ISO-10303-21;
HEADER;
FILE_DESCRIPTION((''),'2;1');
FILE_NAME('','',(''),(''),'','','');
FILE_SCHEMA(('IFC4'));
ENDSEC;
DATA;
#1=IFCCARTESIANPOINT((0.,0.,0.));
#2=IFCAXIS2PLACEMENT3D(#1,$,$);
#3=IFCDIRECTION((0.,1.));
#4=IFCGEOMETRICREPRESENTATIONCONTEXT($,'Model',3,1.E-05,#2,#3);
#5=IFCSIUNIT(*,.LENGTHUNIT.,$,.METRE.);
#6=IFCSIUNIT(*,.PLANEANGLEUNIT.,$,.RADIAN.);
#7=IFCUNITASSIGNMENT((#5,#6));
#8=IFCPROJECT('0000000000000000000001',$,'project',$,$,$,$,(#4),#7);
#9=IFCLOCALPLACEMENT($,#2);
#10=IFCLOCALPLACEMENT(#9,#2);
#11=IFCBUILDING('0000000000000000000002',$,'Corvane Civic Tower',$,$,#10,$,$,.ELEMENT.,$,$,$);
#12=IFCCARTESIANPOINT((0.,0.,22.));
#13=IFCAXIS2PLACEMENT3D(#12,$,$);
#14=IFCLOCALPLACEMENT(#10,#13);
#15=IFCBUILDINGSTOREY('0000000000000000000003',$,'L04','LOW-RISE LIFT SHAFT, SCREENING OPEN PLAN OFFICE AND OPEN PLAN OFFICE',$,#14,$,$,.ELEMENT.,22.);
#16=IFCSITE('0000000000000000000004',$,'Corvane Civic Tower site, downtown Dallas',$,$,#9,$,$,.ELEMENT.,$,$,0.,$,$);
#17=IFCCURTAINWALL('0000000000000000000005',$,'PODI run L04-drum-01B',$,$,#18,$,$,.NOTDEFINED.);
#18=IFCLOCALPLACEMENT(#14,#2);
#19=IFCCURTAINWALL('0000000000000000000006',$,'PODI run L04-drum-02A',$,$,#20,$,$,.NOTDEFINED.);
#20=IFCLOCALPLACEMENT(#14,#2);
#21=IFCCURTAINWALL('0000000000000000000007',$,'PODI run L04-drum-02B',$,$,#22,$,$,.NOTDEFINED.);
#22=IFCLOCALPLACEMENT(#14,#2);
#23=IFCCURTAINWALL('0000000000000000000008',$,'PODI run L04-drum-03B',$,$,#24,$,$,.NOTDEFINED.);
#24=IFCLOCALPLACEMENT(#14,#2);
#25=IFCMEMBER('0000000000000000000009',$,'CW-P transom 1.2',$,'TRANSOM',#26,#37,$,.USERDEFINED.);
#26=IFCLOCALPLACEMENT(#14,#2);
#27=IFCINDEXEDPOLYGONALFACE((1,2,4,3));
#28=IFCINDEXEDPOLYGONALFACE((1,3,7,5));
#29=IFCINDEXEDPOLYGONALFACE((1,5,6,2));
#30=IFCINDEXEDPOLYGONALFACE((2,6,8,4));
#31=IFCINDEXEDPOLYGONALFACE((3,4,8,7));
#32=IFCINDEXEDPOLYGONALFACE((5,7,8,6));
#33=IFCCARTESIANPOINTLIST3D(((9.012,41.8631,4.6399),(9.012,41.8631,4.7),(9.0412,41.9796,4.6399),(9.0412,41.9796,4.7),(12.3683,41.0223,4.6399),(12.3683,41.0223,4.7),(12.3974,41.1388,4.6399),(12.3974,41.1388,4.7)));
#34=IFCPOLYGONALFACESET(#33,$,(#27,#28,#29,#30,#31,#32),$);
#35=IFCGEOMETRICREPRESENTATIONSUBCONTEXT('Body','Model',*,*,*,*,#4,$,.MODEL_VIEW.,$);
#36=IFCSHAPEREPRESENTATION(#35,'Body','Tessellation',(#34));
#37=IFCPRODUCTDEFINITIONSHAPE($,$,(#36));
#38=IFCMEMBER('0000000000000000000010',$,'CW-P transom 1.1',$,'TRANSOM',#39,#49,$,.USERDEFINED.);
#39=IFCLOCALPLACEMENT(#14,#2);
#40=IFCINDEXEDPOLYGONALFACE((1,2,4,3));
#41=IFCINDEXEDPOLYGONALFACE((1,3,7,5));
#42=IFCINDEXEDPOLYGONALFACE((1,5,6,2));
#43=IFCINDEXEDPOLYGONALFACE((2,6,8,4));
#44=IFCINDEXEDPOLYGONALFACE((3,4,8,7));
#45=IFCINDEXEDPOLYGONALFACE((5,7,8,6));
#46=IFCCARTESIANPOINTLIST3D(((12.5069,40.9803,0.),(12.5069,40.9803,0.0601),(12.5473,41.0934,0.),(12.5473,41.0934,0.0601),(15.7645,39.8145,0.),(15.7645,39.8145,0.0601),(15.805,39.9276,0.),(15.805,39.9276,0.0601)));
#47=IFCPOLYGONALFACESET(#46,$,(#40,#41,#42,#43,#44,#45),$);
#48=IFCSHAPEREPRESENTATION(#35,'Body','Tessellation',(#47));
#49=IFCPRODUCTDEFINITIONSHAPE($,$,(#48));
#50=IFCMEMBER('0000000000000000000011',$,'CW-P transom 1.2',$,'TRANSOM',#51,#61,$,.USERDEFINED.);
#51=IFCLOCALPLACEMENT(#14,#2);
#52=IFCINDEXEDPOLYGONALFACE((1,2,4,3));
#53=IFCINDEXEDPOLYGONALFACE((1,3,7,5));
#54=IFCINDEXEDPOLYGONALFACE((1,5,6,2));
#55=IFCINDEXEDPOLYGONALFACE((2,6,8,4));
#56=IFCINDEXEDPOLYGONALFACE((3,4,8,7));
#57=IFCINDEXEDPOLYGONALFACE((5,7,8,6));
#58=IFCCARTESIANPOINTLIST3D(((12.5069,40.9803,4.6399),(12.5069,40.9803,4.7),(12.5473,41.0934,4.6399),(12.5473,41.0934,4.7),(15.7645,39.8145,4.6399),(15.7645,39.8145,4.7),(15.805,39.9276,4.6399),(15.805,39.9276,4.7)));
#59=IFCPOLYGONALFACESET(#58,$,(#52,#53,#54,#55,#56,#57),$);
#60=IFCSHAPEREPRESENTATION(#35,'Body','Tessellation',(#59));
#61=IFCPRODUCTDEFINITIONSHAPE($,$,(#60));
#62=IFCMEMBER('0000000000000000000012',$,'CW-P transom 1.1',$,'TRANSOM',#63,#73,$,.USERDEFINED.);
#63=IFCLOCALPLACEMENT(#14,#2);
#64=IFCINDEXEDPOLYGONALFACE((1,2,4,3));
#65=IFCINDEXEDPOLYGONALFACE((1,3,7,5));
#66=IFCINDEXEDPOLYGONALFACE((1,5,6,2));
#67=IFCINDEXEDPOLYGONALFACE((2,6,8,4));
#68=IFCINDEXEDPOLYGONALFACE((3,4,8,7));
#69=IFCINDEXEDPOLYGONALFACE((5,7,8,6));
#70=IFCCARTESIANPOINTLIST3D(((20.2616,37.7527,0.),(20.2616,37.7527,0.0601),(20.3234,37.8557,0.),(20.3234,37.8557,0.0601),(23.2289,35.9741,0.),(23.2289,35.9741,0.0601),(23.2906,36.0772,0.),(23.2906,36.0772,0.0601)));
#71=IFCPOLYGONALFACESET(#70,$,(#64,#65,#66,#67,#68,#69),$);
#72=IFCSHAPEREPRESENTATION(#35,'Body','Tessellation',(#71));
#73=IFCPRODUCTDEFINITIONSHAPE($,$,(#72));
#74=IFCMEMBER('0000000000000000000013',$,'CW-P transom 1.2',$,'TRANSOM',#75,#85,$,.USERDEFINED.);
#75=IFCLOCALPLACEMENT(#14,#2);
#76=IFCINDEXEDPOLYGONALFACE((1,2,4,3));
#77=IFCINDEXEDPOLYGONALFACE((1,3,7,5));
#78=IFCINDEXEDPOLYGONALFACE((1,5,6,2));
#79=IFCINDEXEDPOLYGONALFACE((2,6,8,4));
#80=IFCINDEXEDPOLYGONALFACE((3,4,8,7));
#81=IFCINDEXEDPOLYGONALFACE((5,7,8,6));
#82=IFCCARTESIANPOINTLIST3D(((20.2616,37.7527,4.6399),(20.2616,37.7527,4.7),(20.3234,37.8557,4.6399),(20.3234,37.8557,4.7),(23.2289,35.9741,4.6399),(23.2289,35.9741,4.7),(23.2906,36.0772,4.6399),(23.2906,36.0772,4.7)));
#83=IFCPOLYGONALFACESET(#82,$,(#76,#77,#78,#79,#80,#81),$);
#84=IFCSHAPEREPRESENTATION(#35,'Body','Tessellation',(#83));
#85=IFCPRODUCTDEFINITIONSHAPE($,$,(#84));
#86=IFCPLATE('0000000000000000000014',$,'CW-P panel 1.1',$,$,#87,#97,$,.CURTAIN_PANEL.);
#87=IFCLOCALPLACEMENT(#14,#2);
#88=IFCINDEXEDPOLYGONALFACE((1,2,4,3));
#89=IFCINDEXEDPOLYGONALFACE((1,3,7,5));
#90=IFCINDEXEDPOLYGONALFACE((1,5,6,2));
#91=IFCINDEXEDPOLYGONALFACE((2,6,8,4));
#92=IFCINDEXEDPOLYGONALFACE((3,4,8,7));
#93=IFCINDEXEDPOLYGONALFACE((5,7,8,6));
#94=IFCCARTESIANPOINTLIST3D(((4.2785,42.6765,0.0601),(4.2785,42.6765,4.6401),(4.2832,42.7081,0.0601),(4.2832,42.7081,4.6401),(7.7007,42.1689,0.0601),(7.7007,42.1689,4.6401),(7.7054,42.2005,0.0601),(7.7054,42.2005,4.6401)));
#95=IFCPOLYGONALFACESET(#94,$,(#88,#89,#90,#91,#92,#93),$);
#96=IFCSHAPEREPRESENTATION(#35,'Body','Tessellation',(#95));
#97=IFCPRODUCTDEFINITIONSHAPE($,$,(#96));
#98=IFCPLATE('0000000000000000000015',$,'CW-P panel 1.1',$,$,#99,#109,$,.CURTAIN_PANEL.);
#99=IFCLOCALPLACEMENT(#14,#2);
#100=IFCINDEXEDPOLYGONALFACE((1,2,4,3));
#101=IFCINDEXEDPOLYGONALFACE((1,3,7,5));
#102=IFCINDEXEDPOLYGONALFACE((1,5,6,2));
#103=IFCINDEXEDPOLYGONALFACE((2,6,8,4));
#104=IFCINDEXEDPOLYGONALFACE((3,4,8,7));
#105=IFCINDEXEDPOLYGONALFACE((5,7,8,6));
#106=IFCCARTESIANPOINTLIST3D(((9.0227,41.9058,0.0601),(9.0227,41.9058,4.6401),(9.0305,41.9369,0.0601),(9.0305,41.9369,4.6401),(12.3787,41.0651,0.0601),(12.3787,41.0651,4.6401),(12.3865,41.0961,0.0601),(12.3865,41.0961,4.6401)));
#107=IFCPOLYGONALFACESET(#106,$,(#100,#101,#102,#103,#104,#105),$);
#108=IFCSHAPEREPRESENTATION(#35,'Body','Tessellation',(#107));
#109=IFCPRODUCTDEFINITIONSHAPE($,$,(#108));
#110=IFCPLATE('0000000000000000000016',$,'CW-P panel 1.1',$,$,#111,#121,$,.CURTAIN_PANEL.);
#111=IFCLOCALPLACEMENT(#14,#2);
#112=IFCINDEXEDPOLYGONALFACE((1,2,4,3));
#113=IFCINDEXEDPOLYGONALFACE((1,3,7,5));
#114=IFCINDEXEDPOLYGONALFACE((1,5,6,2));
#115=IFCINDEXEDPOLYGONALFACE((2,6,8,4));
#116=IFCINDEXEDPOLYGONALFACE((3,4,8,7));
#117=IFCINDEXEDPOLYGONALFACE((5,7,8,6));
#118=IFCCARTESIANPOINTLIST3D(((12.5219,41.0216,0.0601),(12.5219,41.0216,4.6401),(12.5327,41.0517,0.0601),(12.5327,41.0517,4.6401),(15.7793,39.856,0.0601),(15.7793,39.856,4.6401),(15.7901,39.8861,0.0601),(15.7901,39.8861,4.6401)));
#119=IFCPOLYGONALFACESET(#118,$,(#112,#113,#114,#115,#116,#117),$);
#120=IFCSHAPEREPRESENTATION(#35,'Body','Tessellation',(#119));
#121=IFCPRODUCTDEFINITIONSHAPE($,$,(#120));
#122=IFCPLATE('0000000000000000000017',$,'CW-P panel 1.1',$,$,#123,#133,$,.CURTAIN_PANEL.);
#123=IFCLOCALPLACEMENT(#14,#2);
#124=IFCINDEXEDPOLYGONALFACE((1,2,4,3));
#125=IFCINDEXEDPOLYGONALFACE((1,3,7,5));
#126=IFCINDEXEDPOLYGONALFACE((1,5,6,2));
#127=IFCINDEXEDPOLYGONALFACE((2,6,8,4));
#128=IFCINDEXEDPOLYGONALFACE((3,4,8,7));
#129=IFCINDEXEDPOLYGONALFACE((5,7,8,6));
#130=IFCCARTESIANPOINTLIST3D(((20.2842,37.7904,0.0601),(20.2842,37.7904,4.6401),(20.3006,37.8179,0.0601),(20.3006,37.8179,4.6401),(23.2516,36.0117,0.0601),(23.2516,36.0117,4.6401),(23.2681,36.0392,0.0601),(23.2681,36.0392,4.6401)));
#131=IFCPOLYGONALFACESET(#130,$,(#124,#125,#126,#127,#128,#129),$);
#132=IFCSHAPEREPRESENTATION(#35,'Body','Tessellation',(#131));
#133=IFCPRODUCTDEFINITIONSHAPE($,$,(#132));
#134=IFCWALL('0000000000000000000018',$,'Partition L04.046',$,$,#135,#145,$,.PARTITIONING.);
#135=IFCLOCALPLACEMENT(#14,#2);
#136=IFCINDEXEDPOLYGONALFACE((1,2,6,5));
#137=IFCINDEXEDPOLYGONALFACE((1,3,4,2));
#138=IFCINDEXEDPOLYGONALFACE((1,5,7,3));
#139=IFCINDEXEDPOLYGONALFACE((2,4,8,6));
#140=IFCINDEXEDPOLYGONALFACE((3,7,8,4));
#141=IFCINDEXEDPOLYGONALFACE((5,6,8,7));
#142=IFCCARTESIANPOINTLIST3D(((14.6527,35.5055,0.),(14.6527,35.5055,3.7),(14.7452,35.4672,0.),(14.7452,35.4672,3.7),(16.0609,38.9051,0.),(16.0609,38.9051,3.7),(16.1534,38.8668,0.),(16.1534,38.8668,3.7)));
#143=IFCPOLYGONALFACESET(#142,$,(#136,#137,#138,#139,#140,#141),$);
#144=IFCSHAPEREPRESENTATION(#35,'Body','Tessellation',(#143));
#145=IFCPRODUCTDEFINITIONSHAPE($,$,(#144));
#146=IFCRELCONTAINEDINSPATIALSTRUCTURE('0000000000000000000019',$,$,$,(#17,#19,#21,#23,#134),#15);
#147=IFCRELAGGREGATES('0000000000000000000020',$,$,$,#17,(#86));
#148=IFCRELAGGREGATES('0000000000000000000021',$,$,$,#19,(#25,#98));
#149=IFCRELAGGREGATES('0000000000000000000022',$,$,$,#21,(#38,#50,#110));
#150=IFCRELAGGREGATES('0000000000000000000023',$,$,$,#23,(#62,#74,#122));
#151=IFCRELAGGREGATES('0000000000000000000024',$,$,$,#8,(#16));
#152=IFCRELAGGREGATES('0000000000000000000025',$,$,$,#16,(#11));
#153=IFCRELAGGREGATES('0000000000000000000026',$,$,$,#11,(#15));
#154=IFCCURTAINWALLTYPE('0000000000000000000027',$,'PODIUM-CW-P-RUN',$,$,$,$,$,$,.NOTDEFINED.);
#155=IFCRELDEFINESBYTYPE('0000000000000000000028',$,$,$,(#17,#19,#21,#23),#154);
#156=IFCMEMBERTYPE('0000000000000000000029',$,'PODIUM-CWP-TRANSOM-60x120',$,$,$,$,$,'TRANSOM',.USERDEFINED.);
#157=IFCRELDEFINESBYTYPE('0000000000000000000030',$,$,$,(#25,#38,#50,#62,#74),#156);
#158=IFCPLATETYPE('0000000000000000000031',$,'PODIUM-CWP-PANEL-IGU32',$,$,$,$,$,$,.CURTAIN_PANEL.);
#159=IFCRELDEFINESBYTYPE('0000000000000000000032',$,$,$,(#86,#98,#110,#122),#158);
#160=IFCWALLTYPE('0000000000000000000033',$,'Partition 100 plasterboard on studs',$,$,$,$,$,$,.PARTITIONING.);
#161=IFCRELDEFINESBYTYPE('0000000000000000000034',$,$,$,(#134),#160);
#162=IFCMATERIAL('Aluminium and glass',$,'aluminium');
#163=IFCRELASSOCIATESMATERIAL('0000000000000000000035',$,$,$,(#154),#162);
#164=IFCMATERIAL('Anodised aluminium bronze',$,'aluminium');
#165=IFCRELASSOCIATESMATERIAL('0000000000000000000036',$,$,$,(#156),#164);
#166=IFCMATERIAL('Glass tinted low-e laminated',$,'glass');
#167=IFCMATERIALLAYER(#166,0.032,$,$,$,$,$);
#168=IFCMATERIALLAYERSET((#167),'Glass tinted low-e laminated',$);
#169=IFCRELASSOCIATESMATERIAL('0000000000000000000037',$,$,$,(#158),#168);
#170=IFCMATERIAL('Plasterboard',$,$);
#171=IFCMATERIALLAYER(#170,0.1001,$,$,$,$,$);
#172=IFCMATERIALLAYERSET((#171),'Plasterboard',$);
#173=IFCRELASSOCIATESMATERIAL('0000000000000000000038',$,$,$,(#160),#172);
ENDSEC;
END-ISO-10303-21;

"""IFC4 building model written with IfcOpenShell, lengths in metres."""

from ifc_helpers import new_model, si_unit, direction, frame, frame_2d, origin, origin_2d, place, context, subcontext, project, spatial, rectangle, extrude, material, layer, layer_set, material_profile, profile_set, type_object, element, aggregate, save


model = new_model("IFC4")

# Units and contexts
model_context = context("Model", 3, precision=1e-05, world=origin(), true_north=direction((0.0, 1.0)))
body_context = subcontext(model_context, "Body", "Model", "MODEL_VIEW")
ifc_project = project(units=[si_unit("LENGTHUNIT", "METRE"), si_unit("PLANEANGLEUNIT", "RADIAN")], contexts=[model_context])

# Site, building, storey
site_placement = place(None, origin())
site = spatial("IfcSite", under=ifc_project, at=site_placement, Name="Corvane Civic Tower site, downtown Dallas", CompositionType="ELEMENT", RefElevation=0.0)
building_placement = place(site_placement, origin())
building = spatial("IfcBuilding", under=site, at=building_placement, Name="Corvane Civic Tower", CompositionType="ELEMENT")
storey_placement = place(building_placement, frame((0.0, 0.0, 22.0)))
storey = spatial("IfcBuildingStorey", under=building, at=storey_placement, Name="L04", Description="LOW-RISE LIFT SHAFT, SCREENING OPEN PLAN OFFICE AND OPEN PLAN OFFICE", CompositionType="ELEMENT", Elevation=22.0)

# Curtain walls
ifc_material_1 = material(Name="Aluminium and glass", Category="aluminium")
curtain_wall_type = type_object("IfcCurtainWallType", Name="PODIUM-CW-P-RUN", PredefinedType="NOTDEFINED", material=ifc_material_1)
curtain_wall_1_placement = place(storey_placement, origin())
curtain_wall_1 = element("IfcCurtainWall", 1, at=curtain_wall_1_placement, inside=storey, type_object=curtain_wall_type, Name="PODI run L04-drum-01B", PredefinedType="NOTDEFINED")
curtain_wall_2_placement = place(storey_placement, origin())
curtain_wall_2 = element("IfcCurtainWall", 2, at=curtain_wall_2_placement, inside=storey, type_object=curtain_wall_type, Name="PODI run L04-drum-02A", PredefinedType="NOTDEFINED")
curtain_wall_3_placement = place(storey_placement, origin())
curtain_wall_3 = element("IfcCurtainWall", 3, at=curtain_wall_3_placement, inside=storey, type_object=curtain_wall_type, Name="PODI run L04-drum-02B", PredefinedType="NOTDEFINED")

# Curtain wall
curtain_wall_4_placement = place(storey_placement, origin())
curtain_wall_4 = element("IfcCurtainWall", 4, at=curtain_wall_4_placement, inside=storey, type_object=curtain_wall_type, Name="PODI run L04-drum-03B", PredefinedType="NOTDEFINED")

# Members
ifc_material_2 = material(Name="Anodised aluminium bronze", Category="aluminium")
ifc_material_profile_1 = material_profile(ifc_material_2, rectangle(XDim=0.1201, YDim=0.0601, at=origin_2d()), Name="AL 120x60")
ifc_profile_set_1 = profile_set([ifc_material_profile_1], Name="Anodised aluminium bronze")
member_type_1 = type_object("IfcMemberType", Name="PODIUM-CWP-TRANSOM-60x120", ElementType="TRANSOM", PredefinedType="USERDEFINED", material=ifc_profile_set_1)
member_1_placement = place(storey_placement, frame((9.0266, 41.9214, 4.6699), z_axis=(0.970022, -0.243017, 0.0), x_axis=(0.243017, 0.970022, 0.0)))
member_1 = element("IfcMember", 5, at=member_1_placement, type_object=member_type_1, Name="CW-P transom 1.2", ObjectType="TRANSOM", PredefinedType="USERDEFINED", context=body_context, shape_type="SweptSolid", body=[
    extrude(rectangle(XDim=0.1201, YDim=0.0601, at=origin_2d()), origin(), (0.0, 0.0, 1.0), 3.46),
])
member_2_placement = place(storey_placement, frame((12.5271, 41.0369, 0.03), z_axis=(0.941526, -0.33694, 0.0), x_axis=(0.33694, 0.941526, 0.0)))
member_2 = element("IfcMember", 6, at=member_2_placement, type_object=member_type_1, Name="CW-P transom 1.1", ObjectType="TRANSOM", PredefinedType="USERDEFINED", context=body_context, shape_type="SweptSolid", body=[
    extrude(rectangle(XDim=0.1201, YDim=0.0601, at=origin_2d()), origin(), (0.0, 0.0, 1.0), 3.46),
])
member_3_placement = place(storey_placement, frame((12.5271, 41.0369, 4.6699), z_axis=(0.941526, -0.33694, 0.0), x_axis=(0.33694, 0.941526, 0.0)))
member_3 = element("IfcMember", 7, at=member_3_placement, type_object=member_type_1, Name="CW-P transom 1.2", ObjectType="TRANSOM", PredefinedType="USERDEFINED", context=body_context, shape_type="SweptSolid", body=[
    extrude(rectangle(XDim=0.1201, YDim=0.0601, at=origin_2d()), origin(), (0.0, 0.0, 1.0), 3.46),
])
member_4_placement = place(storey_placement, frame((20.2925, 37.8042, 0.03), z_axis=(0.857723, -0.514112, 0.0), x_axis=(0.514112, 0.857723, 0.0)))
member_4 = element("IfcMember", 8, at=member_4_placement, type_object=member_type_1, Name="CW-P transom 1.1", ObjectType="TRANSOM", PredefinedType="USERDEFINED", context=body_context, shape_type="SweptSolid", body=[
    extrude(rectangle(XDim=0.1201, YDim=0.0601, at=origin_2d()), origin(), (0.0, 0.0, 1.0), 3.4595),
])
member_5_placement = place(storey_placement, frame((20.2925, 37.8042, 4.6699), z_axis=(0.857723, -0.514112, 0.0), x_axis=(0.514112, 0.857723, 0.0)))
member_5 = element("IfcMember", 9, at=member_5_placement, type_object=member_type_1, Name="CW-P transom 1.2", ObjectType="TRANSOM", PredefinedType="USERDEFINED", context=body_context, shape_type="SweptSolid", body=[
    extrude(rectangle(XDim=0.1201, YDim=0.0601, at=origin_2d()), origin(), (0.0, 0.0, 1.0), 3.4595),
])

# Plates
ifc_material_3 = material(Name="Glass tinted low-e laminated", Category="glass")
ifc_layer_1 = layer(ifc_material_3, 0.032)
ifc_layer_set_1 = layer_set([ifc_layer_1], Name="Glass tinted low-e laminated")
plate_type = type_object("IfcPlateType", Name="PODIUM-CWP-PANEL-IGU32", PredefinedType="CURTAIN_PANEL", material=ifc_layer_set_1)
plate_1_placement = place(storey_placement, frame((5.9919, 42.4385, 0.0601), z_axis=(0.0, 0.0, 1.0), x_axis=(0.989179, -0.146715, 0.0)))
plate_1 = element("IfcPlate", 10, at=plate_1_placement, type_object=plate_type, Name="CW-P panel 1.1", PredefinedType="CURTAIN_PANEL", context=body_context, shape_type="SweptSolid", body=[
    extrude(rectangle(XDim=3.4597, YDim=0.032, at=origin_2d()), origin(), (0.0, 0.0, 1.0), 4.5801),
])
aggregate(curtain_wall_1, [plate_1])
plate_2_placement = place(storey_placement, frame((10.7046, 41.501, 0.0601), z_axis=(0.0, 0.0, 1.0), x_axis=(0.970024, -0.243009, 0.0)))
plate_2 = element("IfcPlate", 11, at=plate_2_placement, type_object=plate_type, Name="CW-P panel 1.1", PredefinedType="CURTAIN_PANEL", context=body_context, shape_type="SweptSolid", body=[
    extrude(rectangle(XDim=3.4597, YDim=0.032, at=origin_2d()), origin(), (0.0, 0.0, 1.0), 4.5801),
])
aggregate(curtain_wall_2, [member_1, plate_2])
plate_3_placement = place(storey_placement, frame((14.156, 40.4539, 0.0601), z_axis=(0.0, 0.0, 1.0), x_axis=(0.941534, -0.336919, 0.0)))
plate_3 = element("IfcPlate", 12, at=plate_3_placement, type_object=plate_type, Name="CW-P panel 1.1", PredefinedType="CURTAIN_PANEL", context=body_context, shape_type="SweptSolid", body=[
    extrude(rectangle(XDim=3.4597, YDim=0.032, at=origin_2d()), origin(), (0.0, 0.0, 1.0), 4.5801),
])
aggregate(curtain_wall_3, [member_2, member_3, plate_3])
plate_4_placement = place(storey_placement, frame((21.7761, 36.9148, 0.0601), z_axis=(0.0, 0.0, 1.0), x_axis=(0.85772, -0.514118, 0.0)))
plate_4 = element("IfcPlate", 13, at=plate_4_placement, type_object=plate_type, Name="CW-P panel 1.1", PredefinedType="CURTAIN_PANEL", context=body_context, shape_type="SweptSolid", body=[
    extrude(rectangle(XDim=3.4597, YDim=0.032, at=origin_2d()), origin(), (0.0, 0.0, 1.0), 4.5801),
])
aggregate(curtain_wall_4, [member_4, member_5, plate_4])

# Wall
ifc_material_4 = material(Name="Plasterboard")
ifc_layer_2 = layer(ifc_material_4, 0.1001)
ifc_layer_set_2 = layer_set([ifc_layer_2], Name="Plasterboard")
wall_type_1 = type_object("IfcWallType", Name="Partition 100 plasterboard on studs", PredefinedType="PARTITIONING", material=ifc_layer_set_2)
wall_1_placement = place(storey_placement, frame((14.699, 35.4863, 0.0), z_axis=(0.0, 0.0, 1.0), x_axis=(0.382688, 0.923878, 0.0)))
element("IfcWall", 14, at=wall_1_placement, inside=storey, type_object=wall_type_1, Name="Partition L04.046", PredefinedType="PARTITIONING", context=body_context, shape_type="SweptSolid", body=[
    extrude(rectangle(XDim=3.6797, YDim=0.1001, at=frame_2d((1.8398, 0.0))), origin(), (0.0, 0.0, 1.0), 3.7),
])

save(model, "model.ifc")
